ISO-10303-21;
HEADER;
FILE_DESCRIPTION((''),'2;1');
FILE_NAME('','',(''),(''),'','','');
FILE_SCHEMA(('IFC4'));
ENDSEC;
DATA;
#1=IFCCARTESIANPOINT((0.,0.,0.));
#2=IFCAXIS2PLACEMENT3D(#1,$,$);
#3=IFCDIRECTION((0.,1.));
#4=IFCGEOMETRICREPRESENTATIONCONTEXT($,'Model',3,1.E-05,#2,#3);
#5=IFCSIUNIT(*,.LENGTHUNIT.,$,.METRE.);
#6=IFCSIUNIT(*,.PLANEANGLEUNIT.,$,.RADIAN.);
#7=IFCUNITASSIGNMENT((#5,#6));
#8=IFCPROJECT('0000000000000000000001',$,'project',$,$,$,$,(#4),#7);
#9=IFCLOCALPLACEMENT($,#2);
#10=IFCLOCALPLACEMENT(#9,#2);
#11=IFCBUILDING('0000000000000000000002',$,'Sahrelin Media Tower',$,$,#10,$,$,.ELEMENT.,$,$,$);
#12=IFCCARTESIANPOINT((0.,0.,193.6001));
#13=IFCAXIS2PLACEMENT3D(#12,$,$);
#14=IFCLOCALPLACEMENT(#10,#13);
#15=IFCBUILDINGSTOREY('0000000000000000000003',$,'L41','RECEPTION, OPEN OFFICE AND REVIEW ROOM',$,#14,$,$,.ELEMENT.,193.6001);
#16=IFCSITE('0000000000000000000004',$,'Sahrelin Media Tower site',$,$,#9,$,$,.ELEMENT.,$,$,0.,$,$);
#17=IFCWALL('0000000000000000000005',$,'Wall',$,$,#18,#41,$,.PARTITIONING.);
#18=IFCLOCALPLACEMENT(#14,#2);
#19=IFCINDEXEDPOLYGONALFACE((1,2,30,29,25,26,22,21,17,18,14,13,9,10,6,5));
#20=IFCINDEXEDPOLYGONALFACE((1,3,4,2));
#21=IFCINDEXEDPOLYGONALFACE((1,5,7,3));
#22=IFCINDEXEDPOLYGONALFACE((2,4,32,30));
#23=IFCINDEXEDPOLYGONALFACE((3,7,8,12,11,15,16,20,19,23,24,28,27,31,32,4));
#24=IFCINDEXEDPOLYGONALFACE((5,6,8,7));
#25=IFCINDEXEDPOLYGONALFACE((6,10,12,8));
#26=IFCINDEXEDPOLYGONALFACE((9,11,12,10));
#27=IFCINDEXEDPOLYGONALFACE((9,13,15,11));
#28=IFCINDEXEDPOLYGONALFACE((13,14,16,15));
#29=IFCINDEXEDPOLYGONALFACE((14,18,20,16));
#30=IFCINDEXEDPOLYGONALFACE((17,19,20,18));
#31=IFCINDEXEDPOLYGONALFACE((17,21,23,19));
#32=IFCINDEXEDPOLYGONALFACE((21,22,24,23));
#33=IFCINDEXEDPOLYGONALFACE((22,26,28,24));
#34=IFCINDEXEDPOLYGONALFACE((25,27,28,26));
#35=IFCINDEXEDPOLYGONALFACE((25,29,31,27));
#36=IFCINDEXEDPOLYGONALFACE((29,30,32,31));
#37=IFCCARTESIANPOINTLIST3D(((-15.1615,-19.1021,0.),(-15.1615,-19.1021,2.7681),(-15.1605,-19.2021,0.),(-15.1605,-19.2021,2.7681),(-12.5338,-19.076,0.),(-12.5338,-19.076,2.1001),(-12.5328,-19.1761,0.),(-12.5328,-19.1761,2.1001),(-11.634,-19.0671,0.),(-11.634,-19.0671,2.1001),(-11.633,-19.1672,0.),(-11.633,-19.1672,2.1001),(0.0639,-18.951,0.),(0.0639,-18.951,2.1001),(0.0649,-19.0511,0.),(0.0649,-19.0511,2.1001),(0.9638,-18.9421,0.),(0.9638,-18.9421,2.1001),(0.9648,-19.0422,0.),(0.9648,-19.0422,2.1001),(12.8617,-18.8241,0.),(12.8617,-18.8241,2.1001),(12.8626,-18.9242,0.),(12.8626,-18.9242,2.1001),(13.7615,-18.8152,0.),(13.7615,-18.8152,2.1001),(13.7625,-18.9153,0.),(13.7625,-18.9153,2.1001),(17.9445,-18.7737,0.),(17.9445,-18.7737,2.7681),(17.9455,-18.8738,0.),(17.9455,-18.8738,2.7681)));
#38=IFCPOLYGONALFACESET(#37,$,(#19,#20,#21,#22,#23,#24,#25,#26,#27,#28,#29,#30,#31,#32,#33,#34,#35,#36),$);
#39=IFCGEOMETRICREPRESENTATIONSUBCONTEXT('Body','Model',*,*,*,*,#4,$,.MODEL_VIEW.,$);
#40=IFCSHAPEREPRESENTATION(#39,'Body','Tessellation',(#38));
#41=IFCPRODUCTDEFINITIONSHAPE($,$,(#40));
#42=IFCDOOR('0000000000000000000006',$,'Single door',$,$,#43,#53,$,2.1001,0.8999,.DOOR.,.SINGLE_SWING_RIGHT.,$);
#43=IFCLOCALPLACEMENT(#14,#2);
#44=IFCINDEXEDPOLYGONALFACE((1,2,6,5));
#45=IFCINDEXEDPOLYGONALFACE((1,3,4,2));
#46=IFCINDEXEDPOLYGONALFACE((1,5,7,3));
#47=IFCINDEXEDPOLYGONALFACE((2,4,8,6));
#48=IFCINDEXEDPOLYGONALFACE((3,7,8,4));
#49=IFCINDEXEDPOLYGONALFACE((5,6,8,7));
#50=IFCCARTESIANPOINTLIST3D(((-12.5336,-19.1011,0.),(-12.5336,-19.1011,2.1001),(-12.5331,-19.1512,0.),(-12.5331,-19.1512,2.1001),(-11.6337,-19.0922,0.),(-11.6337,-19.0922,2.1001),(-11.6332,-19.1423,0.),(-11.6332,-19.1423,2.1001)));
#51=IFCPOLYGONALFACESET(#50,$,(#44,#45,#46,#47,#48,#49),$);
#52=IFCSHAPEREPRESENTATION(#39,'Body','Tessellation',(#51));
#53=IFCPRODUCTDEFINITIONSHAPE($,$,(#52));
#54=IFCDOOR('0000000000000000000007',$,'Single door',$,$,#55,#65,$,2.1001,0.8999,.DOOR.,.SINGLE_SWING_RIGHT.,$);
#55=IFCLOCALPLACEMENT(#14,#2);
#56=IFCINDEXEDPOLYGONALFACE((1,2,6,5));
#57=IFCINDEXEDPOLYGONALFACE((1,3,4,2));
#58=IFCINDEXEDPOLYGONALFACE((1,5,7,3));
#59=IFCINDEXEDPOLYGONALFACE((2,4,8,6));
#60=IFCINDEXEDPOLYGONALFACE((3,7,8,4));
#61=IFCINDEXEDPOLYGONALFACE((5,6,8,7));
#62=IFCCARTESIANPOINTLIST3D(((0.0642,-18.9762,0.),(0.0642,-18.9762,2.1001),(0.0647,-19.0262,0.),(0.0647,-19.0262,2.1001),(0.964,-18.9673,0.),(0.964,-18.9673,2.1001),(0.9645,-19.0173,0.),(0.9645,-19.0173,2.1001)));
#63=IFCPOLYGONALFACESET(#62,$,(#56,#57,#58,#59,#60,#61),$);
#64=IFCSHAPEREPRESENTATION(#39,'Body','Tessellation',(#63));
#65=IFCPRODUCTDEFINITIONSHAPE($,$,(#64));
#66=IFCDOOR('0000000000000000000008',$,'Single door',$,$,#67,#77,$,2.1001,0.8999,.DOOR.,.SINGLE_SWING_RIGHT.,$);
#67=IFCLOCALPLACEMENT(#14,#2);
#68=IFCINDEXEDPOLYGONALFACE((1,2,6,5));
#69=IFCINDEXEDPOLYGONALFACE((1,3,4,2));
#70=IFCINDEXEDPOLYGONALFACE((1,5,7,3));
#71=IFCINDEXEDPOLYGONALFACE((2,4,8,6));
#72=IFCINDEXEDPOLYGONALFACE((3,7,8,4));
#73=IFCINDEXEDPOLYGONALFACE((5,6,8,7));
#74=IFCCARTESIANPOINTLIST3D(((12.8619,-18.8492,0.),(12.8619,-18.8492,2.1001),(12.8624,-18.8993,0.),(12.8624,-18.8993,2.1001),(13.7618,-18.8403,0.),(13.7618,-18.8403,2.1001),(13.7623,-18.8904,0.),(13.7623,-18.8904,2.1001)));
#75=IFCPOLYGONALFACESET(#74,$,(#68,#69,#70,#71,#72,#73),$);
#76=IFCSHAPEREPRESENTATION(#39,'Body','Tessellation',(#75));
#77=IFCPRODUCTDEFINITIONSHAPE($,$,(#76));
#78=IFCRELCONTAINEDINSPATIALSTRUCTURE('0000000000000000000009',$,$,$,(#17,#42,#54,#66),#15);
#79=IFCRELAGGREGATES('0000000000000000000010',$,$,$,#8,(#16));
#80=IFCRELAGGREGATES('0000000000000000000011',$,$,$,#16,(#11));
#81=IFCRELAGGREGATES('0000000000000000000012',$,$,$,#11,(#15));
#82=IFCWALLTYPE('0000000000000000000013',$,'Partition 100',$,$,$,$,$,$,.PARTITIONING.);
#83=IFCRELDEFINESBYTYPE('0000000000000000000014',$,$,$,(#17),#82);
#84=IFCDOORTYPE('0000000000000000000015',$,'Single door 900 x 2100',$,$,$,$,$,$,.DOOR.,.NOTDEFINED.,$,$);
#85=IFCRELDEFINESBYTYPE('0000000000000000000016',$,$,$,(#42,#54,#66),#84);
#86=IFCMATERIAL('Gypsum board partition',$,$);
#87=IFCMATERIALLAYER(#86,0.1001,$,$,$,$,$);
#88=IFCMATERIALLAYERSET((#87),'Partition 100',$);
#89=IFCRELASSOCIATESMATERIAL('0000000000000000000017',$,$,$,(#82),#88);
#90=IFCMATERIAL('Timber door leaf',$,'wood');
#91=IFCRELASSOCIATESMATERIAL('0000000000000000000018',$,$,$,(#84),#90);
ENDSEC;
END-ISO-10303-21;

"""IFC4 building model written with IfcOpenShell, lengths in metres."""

from ifc_helpers import new_model, si_unit, direction, frame, frame_2d, origin, place, context, subcontext, project, spatial, rectangle, extrude, material, layer, layer_set, type_object, element, fill, save


model = new_model("IFC4")

# Units and contexts
model_context = context("Model", 3, precision=1e-05, world=origin(), true_north=direction((0.0, 1.0)))
body_context = subcontext(model_context, "Body", "Model", "MODEL_VIEW")
ifc_project = project(units=[si_unit("LENGTHUNIT", "METRE"), si_unit("PLANEANGLEUNIT", "RADIAN")], contexts=[model_context])

# Site, building, storey
site_placement = place(None, origin())
site = spatial("IfcSite", under=ifc_project, at=site_placement, Name="Sahrelin Media Tower site", CompositionType="ELEMENT", RefElevation=0.0)
building_placement = place(site_placement, origin())
building = spatial("IfcBuilding", under=site, at=building_placement, Name="Sahrelin Media Tower", CompositionType="ELEMENT")
storey_placement = place(building_placement, frame((0.0, 0.0, 193.6001)))
storey = spatial("IfcBuildingStorey", under=building, at=storey_placement, Name="L41", Description="RECEPTION, OPEN OFFICE AND REVIEW ROOM", CompositionType="ELEMENT", Elevation=193.6001)

# Wall, openings, doors
ifc_material_1 = material(Name="Gypsum board partition")
ifc_layer_1 = layer(ifc_material_1, 0.1001)
ifc_layer_set_1 = layer_set([ifc_layer_1], Name="Partition 100")
wall_type_1 = type_object("IfcWallType", Name="Partition 100", PredefinedType="PARTITIONING", material=ifc_layer_set_1)
wall_1_placement = place(storey_placement, frame((-15.1609, -19.1521, 0.0), z_axis=(0.0, 0.0, 1.0), x_axis=(0.999951, 0.009918, 0.0)))
wall_1 = element("IfcWall", 1, at=wall_1_placement, inside=storey, type_object=wall_type_1, Name="Wall", PredefinedType="PARTITIONING", context=body_context, shape_type="SweptSolid", body=[
    extrude(rectangle(XDim=33.1077, YDim=0.1001, at=frame_2d((16.5537, 0.0))), origin(), (0.0, 0.0, 1.0), 2.7681),
])
opening_1_placement = place(wall_1_placement, frame((2.6277, 0.0, 0.0)))
opening_1 = element("IfcOpeningElement", 2, at=opening_1_placement, cuts=wall_1, PredefinedType="OPENING", context=body_context, shape_type="SweptSolid", body=[
    extrude(rectangle(XDim=0.8999, YDim=2.1001, at=frame_2d((0.45, 1.05))), frame((0.0, 0.05, 0.0), z_axis=(0.0, -1.0, 0.0), x_axis=(1.0, 0.0, 0.0)), (0.0, 0.0, 1.0), 0.1001),
])
opening_2_placement = place(wall_1_placement, frame((15.2261, 0.0, 0.0)))
opening_2 = element("IfcOpeningElement", 3, at=opening_2_placement, cuts=wall_1, PredefinedType="OPENING", context=body_context, shape_type="SweptSolid", body=[
    extrude(rectangle(XDim=0.8999, YDim=2.1001, at=frame_2d((0.45, 1.05))), frame((0.0, 0.05, 0.0), z_axis=(0.0, -1.0, 0.0), x_axis=(1.0, 0.0, 0.0)), (0.0, 0.0, 1.0), 0.1001),
])
opening_3_placement = place(wall_1_placement, frame((28.0244, 0.0, 0.0)))
opening_3 = element("IfcOpeningElement", 4, at=opening_3_placement, cuts=wall_1, PredefinedType="OPENING", context=body_context, shape_type="SweptSolid", body=[
    extrude(rectangle(XDim=0.8999, YDim=2.1001, at=frame_2d((0.45, 1.05))), frame((0.0, 0.05, 0.0), z_axis=(0.0, -1.0, 0.0), x_axis=(1.0, 0.0, 0.0)), (0.0, 0.0, 1.0), 0.1001),
])
ifc_material_2 = material(Name="Timber door leaf", Category="wood")
door_type_1 = type_object("IfcDoorType", Name="Single door 900 x 2100", OperationType="NOTDEFINED", PredefinedType="DOOR", material=ifc_material_2)
door_1_placement = place(opening_1_placement, origin())
door_1 = element("IfcDoor", 5, at=door_1_placement, inside=storey, type_object=door_type_1, Name="Single door", OperationType="SINGLE_SWING_RIGHT", OverallHeight=2.1001, OverallWidth=0.8999, PredefinedType="DOOR", context=body_context, shape_type="SweptSolid", body=[
    extrude(rectangle(XDim=0.8999, YDim=2.1001, at=frame_2d((0.45, 1.05))), frame((0.0, 0.0249, 0.0), z_axis=(0.0, -1.0, 0.0), x_axis=(1.0, 0.0, 0.0)), (0.0, 0.0, 1.0), 0.05),
])
fill(opening_1, door_1)
door_2_placement = place(opening_2_placement, origin())
door_2 = element("IfcDoor", 6, at=door_2_placement, inside=storey, type_object=door_type_1, Name="Single door", OperationType="SINGLE_SWING_RIGHT", OverallHeight=2.1001, OverallWidth=0.8999, PredefinedType="DOOR", context=body_context, shape_type="SweptSolid", body=[
    extrude(rectangle(XDim=0.8999, YDim=2.1001, at=frame_2d((0.45, 1.05))), frame((0.0, 0.0249, 0.0), z_axis=(0.0, -1.0, 0.0), x_axis=(1.0, 0.0, 0.0)), (0.0, 0.0, 1.0), 0.05),
])
fill(opening_2, door_2)
door_3_placement = place(opening_3_placement, origin())
door_3 = element("IfcDoor", 7, at=door_3_placement, inside=storey, type_object=door_type_1, Name="Single door", OperationType="SINGLE_SWING_RIGHT", OverallHeight=2.1001, OverallWidth=0.8999, PredefinedType="DOOR", context=body_context, shape_type="SweptSolid", body=[
    extrude(rectangle(XDim=0.8999, YDim=2.1001, at=frame_2d((0.45, 1.05))), frame((0.0, 0.0249, 0.0), z_axis=(0.0, -1.0, 0.0), x_axis=(1.0, 0.0, 0.0)), (0.0, 0.0, 1.0), 0.05),
])
fill(opening_3, door_3)

save(model, "model.ifc")
